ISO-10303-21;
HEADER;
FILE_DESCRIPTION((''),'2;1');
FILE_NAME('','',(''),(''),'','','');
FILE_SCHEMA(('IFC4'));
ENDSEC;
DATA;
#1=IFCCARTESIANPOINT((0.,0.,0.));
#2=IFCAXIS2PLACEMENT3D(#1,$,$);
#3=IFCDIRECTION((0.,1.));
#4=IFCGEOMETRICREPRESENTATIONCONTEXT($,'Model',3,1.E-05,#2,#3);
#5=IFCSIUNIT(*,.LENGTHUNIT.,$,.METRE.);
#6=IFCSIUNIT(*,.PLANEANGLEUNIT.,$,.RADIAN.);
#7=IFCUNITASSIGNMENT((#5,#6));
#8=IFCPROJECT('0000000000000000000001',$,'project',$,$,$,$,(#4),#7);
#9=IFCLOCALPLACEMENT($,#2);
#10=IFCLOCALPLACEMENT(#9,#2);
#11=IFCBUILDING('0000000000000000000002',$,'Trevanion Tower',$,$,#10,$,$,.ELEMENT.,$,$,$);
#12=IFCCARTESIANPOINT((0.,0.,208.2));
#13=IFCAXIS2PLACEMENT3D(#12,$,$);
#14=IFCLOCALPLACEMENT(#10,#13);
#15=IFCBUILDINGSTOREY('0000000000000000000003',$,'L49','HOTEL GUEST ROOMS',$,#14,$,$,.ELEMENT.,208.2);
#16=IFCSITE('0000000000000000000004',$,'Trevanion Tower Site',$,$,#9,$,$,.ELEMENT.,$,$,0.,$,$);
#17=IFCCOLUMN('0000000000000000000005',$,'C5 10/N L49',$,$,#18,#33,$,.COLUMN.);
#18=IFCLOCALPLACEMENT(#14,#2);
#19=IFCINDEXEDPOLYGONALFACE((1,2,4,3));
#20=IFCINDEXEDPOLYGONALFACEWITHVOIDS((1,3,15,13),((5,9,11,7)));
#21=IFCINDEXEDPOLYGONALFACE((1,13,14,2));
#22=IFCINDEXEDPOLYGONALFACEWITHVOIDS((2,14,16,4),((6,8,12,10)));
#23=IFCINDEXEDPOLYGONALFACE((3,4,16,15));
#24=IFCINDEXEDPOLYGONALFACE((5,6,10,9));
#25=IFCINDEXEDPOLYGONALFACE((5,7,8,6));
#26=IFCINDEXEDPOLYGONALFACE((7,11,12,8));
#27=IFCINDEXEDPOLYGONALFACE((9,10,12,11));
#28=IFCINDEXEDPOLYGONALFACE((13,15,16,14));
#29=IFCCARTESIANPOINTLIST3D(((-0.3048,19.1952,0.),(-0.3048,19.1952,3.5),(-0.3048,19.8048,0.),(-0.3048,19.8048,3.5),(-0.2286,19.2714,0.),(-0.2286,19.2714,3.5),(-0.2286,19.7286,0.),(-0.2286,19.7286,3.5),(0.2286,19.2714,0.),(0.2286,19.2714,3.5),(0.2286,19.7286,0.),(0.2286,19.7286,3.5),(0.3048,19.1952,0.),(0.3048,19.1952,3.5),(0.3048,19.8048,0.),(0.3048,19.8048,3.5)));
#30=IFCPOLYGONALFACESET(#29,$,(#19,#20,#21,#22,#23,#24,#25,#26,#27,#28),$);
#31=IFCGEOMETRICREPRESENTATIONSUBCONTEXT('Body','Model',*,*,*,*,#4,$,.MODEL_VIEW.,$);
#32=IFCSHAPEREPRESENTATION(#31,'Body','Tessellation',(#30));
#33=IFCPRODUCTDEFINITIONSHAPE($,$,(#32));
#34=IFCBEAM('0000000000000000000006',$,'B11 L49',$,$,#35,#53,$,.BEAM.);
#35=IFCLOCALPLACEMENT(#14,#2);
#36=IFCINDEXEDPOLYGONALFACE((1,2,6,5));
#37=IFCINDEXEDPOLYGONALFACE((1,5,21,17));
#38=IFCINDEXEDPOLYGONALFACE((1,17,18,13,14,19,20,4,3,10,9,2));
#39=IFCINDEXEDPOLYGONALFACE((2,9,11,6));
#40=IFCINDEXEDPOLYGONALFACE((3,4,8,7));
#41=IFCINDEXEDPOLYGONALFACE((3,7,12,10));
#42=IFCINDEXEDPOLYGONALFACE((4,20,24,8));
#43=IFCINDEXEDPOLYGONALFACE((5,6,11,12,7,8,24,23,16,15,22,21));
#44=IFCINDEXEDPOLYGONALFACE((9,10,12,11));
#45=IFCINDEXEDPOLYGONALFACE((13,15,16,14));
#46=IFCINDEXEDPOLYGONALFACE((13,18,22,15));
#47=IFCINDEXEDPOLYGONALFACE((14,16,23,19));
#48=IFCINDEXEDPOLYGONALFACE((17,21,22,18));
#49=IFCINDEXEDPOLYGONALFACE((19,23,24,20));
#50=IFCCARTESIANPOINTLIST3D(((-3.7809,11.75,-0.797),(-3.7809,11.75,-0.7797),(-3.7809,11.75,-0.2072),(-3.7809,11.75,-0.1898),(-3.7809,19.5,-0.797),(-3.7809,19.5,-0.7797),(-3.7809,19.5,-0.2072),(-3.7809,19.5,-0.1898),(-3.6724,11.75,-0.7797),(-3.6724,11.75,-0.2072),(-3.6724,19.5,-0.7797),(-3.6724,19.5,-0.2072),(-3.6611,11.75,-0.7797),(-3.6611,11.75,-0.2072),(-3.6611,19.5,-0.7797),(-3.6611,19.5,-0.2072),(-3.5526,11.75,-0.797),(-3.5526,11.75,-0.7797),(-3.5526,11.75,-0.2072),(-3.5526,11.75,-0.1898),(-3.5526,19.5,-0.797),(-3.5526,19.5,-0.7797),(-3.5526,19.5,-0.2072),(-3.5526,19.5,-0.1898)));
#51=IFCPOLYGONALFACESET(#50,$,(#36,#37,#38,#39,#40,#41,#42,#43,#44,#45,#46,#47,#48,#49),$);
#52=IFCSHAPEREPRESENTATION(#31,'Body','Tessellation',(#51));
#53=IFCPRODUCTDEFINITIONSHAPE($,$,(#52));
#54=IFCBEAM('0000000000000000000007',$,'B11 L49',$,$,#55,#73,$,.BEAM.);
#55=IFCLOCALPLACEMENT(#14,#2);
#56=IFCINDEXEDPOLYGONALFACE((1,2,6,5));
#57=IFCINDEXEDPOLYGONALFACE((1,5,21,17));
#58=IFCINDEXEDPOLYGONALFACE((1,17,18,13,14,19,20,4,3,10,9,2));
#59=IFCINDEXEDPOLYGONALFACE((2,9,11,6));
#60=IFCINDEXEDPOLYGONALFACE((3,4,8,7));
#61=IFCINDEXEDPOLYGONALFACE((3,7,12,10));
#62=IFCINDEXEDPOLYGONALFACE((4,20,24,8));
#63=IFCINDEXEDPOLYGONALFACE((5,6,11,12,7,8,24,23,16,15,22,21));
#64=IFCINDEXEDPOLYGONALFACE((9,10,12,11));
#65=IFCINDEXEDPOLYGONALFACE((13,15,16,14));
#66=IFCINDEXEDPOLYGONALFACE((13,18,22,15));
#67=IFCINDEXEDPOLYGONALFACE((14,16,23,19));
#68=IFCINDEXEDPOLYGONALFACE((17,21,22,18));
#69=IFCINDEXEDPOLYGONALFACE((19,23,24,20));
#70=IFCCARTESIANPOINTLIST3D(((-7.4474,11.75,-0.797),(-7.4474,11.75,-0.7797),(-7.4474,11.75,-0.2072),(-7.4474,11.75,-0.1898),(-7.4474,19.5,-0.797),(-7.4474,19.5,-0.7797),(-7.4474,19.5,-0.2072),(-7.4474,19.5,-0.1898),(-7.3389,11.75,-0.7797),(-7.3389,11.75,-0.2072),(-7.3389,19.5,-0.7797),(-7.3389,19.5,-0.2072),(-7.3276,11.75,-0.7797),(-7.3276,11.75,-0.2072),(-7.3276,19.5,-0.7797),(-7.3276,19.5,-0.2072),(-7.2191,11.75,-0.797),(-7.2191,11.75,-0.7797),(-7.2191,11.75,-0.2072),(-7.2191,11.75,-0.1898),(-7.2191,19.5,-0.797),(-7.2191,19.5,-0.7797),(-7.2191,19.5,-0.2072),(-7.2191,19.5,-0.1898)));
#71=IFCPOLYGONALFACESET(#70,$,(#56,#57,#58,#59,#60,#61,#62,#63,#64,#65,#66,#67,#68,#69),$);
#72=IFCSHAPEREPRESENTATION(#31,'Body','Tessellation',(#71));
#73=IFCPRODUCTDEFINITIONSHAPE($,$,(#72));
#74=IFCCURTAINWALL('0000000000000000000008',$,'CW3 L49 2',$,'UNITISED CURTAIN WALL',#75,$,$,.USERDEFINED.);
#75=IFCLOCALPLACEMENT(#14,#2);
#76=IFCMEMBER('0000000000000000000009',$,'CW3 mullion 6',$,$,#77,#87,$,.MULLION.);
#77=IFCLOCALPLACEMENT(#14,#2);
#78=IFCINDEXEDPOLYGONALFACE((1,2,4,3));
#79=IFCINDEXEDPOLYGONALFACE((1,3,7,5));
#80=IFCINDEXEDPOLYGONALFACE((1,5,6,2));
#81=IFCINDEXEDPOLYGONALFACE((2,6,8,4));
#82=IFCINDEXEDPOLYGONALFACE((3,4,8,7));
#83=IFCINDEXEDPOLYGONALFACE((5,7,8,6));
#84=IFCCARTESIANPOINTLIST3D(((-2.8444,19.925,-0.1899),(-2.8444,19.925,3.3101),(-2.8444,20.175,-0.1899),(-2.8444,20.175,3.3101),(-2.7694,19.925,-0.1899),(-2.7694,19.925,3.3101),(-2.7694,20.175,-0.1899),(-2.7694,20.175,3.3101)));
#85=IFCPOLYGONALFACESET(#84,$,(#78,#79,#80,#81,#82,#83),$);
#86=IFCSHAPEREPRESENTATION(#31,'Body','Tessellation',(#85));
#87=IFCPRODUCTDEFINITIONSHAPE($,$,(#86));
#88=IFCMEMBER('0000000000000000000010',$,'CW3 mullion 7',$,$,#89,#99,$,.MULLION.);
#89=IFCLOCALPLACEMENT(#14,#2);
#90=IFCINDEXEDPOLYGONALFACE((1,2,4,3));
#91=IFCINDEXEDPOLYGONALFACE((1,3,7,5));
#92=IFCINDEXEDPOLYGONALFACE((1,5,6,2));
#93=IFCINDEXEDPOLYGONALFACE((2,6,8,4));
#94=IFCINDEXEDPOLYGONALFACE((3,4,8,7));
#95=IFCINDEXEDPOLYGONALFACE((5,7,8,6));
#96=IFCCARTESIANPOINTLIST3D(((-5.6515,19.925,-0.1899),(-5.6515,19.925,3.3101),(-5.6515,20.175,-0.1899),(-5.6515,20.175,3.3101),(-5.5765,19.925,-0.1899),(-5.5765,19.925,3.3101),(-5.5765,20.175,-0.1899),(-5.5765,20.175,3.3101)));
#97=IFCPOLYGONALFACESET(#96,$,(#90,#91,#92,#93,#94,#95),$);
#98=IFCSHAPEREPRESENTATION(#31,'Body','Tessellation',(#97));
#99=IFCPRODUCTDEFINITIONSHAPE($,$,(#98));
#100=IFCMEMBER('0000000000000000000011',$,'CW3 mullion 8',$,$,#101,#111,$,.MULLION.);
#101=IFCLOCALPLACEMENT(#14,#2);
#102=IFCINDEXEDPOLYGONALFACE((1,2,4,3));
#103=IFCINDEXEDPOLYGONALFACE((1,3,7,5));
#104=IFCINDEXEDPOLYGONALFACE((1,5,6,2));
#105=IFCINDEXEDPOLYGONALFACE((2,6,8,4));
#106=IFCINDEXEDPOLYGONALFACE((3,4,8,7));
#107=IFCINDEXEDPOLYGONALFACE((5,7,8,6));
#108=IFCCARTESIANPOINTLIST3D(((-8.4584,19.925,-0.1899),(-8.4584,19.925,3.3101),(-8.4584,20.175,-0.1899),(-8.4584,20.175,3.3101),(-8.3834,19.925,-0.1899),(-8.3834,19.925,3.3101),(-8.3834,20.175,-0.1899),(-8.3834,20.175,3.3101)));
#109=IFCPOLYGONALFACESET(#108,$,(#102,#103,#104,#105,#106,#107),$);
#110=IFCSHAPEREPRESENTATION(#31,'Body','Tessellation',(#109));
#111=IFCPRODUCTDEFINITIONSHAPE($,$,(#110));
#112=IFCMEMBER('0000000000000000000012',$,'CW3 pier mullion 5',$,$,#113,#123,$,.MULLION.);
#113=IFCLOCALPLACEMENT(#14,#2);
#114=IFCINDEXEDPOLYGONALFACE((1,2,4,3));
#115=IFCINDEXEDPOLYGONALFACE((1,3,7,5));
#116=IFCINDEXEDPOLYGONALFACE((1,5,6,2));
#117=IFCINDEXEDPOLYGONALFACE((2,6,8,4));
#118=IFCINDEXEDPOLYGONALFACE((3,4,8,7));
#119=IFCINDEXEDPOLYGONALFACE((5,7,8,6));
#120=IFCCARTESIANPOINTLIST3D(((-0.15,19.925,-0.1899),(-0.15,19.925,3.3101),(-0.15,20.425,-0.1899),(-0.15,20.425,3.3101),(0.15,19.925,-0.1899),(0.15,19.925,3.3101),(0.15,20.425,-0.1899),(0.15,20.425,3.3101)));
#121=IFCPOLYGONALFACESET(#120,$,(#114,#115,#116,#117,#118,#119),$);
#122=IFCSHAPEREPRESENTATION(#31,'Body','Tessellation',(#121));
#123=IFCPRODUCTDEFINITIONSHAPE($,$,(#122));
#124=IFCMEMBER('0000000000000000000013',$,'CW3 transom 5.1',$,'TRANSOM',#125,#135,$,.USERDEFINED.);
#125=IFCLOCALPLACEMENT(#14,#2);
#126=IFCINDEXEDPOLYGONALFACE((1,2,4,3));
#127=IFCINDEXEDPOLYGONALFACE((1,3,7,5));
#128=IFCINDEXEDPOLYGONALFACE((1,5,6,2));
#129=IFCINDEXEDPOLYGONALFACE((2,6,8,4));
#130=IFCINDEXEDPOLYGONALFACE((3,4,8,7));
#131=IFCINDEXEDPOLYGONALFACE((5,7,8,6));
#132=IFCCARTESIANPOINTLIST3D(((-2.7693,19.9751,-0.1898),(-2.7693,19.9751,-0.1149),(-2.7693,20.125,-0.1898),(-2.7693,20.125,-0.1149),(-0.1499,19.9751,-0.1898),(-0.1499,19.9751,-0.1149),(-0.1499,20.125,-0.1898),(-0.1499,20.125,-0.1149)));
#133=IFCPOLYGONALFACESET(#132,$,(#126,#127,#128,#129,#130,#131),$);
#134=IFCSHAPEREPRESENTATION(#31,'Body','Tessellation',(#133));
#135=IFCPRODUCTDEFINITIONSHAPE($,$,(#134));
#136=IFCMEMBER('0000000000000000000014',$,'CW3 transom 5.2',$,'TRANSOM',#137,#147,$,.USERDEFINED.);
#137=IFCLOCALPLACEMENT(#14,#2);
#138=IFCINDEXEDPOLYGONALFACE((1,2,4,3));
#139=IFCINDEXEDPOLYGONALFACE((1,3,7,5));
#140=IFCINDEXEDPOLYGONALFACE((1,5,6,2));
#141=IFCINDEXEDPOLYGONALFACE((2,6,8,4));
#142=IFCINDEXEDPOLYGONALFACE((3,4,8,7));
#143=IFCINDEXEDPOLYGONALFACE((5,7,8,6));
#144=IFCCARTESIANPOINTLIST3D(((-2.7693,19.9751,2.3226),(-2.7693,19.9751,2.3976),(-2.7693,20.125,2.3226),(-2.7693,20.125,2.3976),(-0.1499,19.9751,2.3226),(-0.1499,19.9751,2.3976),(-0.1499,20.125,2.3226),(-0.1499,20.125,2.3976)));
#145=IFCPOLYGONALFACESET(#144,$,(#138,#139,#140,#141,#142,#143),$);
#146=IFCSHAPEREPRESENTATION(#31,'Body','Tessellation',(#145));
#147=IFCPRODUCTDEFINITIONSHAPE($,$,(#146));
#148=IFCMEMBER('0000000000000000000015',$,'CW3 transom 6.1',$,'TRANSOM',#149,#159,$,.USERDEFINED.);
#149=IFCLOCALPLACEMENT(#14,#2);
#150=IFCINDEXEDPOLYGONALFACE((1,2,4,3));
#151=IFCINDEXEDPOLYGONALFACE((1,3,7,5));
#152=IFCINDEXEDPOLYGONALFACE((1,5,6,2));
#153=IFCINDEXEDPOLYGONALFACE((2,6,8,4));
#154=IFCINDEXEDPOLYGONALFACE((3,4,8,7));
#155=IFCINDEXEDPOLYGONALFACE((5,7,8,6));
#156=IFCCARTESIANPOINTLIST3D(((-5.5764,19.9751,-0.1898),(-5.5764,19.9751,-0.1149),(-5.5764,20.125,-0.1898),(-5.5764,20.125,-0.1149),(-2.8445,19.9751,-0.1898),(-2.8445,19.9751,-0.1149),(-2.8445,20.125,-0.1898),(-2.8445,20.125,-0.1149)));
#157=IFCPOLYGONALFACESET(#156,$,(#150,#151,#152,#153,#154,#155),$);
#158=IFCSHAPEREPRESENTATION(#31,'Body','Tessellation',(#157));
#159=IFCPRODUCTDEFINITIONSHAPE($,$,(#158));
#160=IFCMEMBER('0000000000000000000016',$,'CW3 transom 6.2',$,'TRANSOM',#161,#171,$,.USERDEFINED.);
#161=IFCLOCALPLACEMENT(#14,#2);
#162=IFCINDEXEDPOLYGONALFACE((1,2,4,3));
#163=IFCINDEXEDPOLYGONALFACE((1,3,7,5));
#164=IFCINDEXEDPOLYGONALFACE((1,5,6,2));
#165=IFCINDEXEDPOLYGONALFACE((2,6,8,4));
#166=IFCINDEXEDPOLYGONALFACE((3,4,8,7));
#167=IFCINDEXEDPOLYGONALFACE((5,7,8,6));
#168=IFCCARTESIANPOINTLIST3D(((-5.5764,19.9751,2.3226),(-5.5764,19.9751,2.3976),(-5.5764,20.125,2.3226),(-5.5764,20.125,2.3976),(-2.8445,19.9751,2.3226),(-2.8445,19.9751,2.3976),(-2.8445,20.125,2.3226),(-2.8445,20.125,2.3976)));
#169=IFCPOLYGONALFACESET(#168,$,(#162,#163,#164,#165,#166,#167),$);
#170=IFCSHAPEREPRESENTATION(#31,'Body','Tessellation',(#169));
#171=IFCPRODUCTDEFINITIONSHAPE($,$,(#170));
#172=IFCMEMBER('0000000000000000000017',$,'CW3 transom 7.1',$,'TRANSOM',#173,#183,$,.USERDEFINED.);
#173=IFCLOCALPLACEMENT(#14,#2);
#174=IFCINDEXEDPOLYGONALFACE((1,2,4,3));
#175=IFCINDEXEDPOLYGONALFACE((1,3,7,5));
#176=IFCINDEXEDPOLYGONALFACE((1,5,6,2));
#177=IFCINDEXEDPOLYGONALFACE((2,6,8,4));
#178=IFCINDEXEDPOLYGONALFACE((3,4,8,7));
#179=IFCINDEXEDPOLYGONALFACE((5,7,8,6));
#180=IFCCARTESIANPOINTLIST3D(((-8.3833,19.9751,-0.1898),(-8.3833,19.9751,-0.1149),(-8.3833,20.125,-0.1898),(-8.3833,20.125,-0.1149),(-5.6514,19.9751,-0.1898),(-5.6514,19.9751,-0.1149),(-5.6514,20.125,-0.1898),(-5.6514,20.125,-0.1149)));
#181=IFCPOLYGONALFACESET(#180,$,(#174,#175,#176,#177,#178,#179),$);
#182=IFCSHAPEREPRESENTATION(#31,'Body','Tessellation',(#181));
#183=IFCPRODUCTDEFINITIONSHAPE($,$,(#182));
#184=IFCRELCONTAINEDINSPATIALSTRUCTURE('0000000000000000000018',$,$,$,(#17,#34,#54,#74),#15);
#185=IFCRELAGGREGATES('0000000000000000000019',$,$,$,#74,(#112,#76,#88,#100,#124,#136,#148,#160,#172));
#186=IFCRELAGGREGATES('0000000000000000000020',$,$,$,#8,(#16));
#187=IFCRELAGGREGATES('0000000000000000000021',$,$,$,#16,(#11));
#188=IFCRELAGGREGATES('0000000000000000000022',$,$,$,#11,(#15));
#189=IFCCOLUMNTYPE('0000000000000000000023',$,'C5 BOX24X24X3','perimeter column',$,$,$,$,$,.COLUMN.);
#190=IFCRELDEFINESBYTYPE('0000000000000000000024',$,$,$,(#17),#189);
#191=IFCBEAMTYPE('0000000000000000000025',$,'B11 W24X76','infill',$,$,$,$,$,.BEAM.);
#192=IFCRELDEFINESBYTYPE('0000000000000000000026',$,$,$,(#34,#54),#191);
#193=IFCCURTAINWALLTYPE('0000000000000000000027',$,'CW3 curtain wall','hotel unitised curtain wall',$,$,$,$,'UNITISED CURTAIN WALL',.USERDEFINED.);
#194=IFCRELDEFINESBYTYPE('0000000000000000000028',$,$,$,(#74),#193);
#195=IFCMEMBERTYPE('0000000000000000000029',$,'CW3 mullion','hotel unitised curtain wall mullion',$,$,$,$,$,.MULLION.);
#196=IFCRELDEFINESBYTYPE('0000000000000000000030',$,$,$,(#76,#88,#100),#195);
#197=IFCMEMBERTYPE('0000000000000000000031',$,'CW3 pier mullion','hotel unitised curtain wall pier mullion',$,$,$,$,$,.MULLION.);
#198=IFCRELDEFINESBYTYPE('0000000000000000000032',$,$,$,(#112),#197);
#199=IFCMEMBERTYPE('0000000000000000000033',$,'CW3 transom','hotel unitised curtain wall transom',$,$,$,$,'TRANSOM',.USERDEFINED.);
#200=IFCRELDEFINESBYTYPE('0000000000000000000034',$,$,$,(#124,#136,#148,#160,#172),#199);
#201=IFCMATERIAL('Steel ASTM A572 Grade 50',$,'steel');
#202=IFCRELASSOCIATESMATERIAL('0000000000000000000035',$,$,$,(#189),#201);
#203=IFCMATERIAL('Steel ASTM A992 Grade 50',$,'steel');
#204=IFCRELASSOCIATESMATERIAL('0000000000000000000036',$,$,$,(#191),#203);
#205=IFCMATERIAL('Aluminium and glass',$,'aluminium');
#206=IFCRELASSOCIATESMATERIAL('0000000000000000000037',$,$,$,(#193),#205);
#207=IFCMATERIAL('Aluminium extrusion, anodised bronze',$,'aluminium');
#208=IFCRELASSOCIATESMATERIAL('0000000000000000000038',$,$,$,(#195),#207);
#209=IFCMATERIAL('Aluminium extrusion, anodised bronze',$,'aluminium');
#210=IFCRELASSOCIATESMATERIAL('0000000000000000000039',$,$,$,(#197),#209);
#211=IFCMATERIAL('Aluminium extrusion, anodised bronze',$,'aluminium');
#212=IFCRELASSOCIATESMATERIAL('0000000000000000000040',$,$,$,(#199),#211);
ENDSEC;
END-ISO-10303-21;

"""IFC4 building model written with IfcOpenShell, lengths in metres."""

from ifc_helpers import new_model, si_unit, direction, frame, origin, origin_2d, place, context, subcontext, project, spatial, rectangle, hollow_rectangle, i_section, extrude, material, material_profile, profile_set, type_object, element, aggregate, save


model = new_model("IFC4")

# Units and contexts
model_context = context("Model", 3, precision=1e-05, world=origin(), true_north=direction((0.0, 1.0)))
body_context = subcontext(model_context, "Body", "Model", "MODEL_VIEW")
ifc_project = project(units=[si_unit("LENGTHUNIT", "METRE"), si_unit("PLANEANGLEUNIT", "RADIAN")], contexts=[model_context])

# Site, building, storey
site_placement = place(None, origin())
site = spatial("IfcSite", under=ifc_project, at=site_placement, Name="Trevanion Tower Site", CompositionType="ELEMENT", RefElevation=0.0)
building_placement = place(site_placement, origin())
building = spatial("IfcBuilding", under=site, at=building_placement, Name="Trevanion Tower", CompositionType="ELEMENT")
storey_placement = place(building_placement, frame((0.0, 0.0, 208.2)))
storey = spatial("IfcBuildingStorey", under=building, at=storey_placement, Name="L49", Description="HOTEL GUEST ROOMS", CompositionType="ELEMENT", Elevation=208.2)

# Column
ifc_material_1 = material(Name="Steel ASTM A572 Grade 50", Category="steel")
ifc_material_profile_1 = material_profile(ifc_material_1, hollow_rectangle(XDim=0.6096, YDim=0.6096, WallThickness=0.0762, at=origin_2d()), Name="BOX24X24X3")
ifc_profile_set_1 = profile_set([ifc_material_profile_1], Name="Steel ASTM A572 Grade 50")
column_type = type_object("IfcColumnType", Name="C5 BOX24X24X3", Description="perimeter column", PredefinedType="COLUMN", material=ifc_profile_set_1)
column_placement = place(storey_placement, frame((0.0, 19.5, 0.0), z_axis=(0.0, 0.0, 1.0), x_axis=(1.0, 0.0, 0.0)))
element("IfcColumn", 1, at=column_placement, inside=storey, type_object=column_type, Name="C5 10/N L49", PredefinedType="COLUMN", context=body_context, shape_type="SweptSolid", body=[
    extrude(hollow_rectangle(XDim=0.6096, YDim=0.6096, WallThickness=0.0762, at=origin_2d()), origin(), (0.0, 0.0, 1.0), 3.5),
])

# Beams
ifc_material_2 = material(Name="Steel ASTM A992 Grade 50", Category="steel")
ifc_material_profile_2 = material_profile(ifc_material_2, i_section(OverallWidth=0.2283, OverallDepth=0.6072, WebThickness=0.0112, FlangeThickness=0.0173, at=origin_2d()), Name="W24X76")
ifc_profile_set_2 = profile_set([ifc_material_profile_2], Name="Steel ASTM A992 Grade 50")
beam_type_1 = type_object("IfcBeamType", Name="B11 W24X76", Description="infill", PredefinedType="BEAM", material=ifc_profile_set_2)
for number, where, z_axis, x_axis, name in (
    (2, (-3.6667, 11.75, -0.4934), (0.0, 1.0, 0.0), (-1.0, 0.0, 0.0), "B11 L49"),
    (3, (-7.3333, 11.75, -0.4934), (0.0, 1.0, 0.0), (-1.0, 0.0, 0.0), "B11 L49"),
):
    element("IfcBeam", number, at=place(storey_placement, frame(where, z_axis=z_axis, x_axis=x_axis)), inside=storey, type_object=beam_type_1, Name=name, PredefinedType="BEAM", context=body_context, shape_type="SweptSolid", body=[
        extrude(i_section(OverallWidth=0.2283, OverallDepth=0.6072, WebThickness=0.0112, FlangeThickness=0.0173, at=origin_2d()), origin(), (0.0, 0.0, 1.0), 7.75),
    ])

# Curtain wall, members
ifc_material_3 = material(Name="Aluminium and glass", Category="aluminium")
curtain_wall_type = type_object("IfcCurtainWallType", Name="CW3 curtain wall", Description="hotel unitised curtain wall", ElementType="UNITISED CURTAIN WALL", PredefinedType="USERDEFINED", material=ifc_material_3)
curtain_wall_placement = place(storey_placement, origin())
curtain_wall = element("IfcCurtainWall", 4, at=curtain_wall_placement, inside=storey, type_object=curtain_wall_type, Name="CW3 L49 2", ObjectType="UNITISED CURTAIN WALL", PredefinedType="USERDEFINED")
ifc_material_4 = material(Name="Aluminium extrusion, anodised bronze", Category="aluminium")
ifc_material_profile_3 = material_profile(ifc_material_4, rectangle(XDim=0.075, YDim=0.25, at=origin_2d()), Name="CW3 mullion")
ifc_profile_set_3 = profile_set([ifc_material_profile_3], Name="Aluminium extrusion, anodised bronze")
member_type_1 = type_object("IfcMemberType", Name="CW3 mullion", Description="hotel unitised curtain wall mullion", PredefinedType="MULLION", material=ifc_profile_set_3)
member_1_placement = place(storey_placement, frame((-2.8069, 20.05, -0.1899), z_axis=(0.0, 0.0, 1.0), x_axis=(-1.0, 0.0, 0.0)))
member_1 = element("IfcMember", 5, at=member_1_placement, type_object=member_type_1, Name="CW3 mullion 6", PredefinedType="MULLION", context=body_context, shape_type="SweptSolid", body=[
    extrude(rectangle(XDim=0.075, YDim=0.25, at=origin_2d()), origin(), (0.0, 0.0, 1.0), 3.5),
])
member_2_placement = place(storey_placement, frame((-5.614, 20.05, -0.1899), z_axis=(0.0, 0.0, 1.0), x_axis=(-1.0, 0.0, 0.0)))
member_2 = element("IfcMember", 6, at=member_2_placement, type_object=member_type_1, Name="CW3 mullion 7", PredefinedType="MULLION", context=body_context, shape_type="SweptSolid", body=[
    extrude(rectangle(XDim=0.075, YDim=0.25, at=origin_2d()), origin(), (0.0, 0.0, 1.0), 3.5),
])
member_3_placement = place(storey_placement, frame((-8.4209, 20.05, -0.1899), z_axis=(0.0, 0.0, 1.0), x_axis=(-1.0, 0.0, 0.0)))
member_3 = element("IfcMember", 7, at=member_3_placement, type_object=member_type_1, Name="CW3 mullion 8", PredefinedType="MULLION", context=body_context, shape_type="SweptSolid", body=[
    extrude(rectangle(XDim=0.075, YDim=0.25, at=origin_2d()), origin(), (0.0, 0.0, 1.0), 3.5),
])
ifc_material_5 = material(Name="Aluminium extrusion, anodised bronze", Category="aluminium")
ifc_material_profile_4 = material_profile(ifc_material_5, rectangle(XDim=0.3, YDim=0.5, at=origin_2d()), Name="CW3 pier mullion")
ifc_profile_set_4 = profile_set([ifc_material_profile_4], Name="Aluminium extrusion, anodised bronze")
member_type_2 = type_object("IfcMemberType", Name="CW3 pier mullion", Description="hotel unitised curtain wall pier mullion", PredefinedType="MULLION", material=ifc_profile_set_4)
member_4_placement = place(storey_placement, frame((0.0, 20.175, -0.1899), z_axis=(0.0, 0.0, 1.0), x_axis=(-1.0, 0.0, 0.0)))
member_4 = element("IfcMember", 8, at=member_4_placement, type_object=member_type_2, Name="CW3 pier mullion 5", PredefinedType="MULLION", context=body_context, shape_type="SweptSolid", body=[
    extrude(rectangle(XDim=0.3, YDim=0.5, at=origin_2d()), origin(), (0.0, 0.0, 1.0), 3.5),
])
ifc_material_6 = material(Name="Aluminium extrusion, anodised bronze", Category="aluminium")
ifc_material_profile_5 = material_profile(ifc_material_6, rectangle(XDim=0.1499, YDim=0.075, at=origin_2d()), Name="CW3 transom")
ifc_profile_set_5 = profile_set([ifc_material_profile_5], Name="Aluminium extrusion, anodised bronze")
member_type_3 = type_object("IfcMemberType", Name="CW3 transom", Description="hotel unitised curtain wall transom", ElementType="TRANSOM", PredefinedType="USERDEFINED", material=ifc_profile_set_5)
member_5_placement = place(storey_placement, frame((-0.1499, 20.05, -0.1523), z_axis=(-1.0, 0.0, 0.0), x_axis=(0.0, -1.0, 0.0)))
member_5 = element("IfcMember", 9, at=member_5_placement, type_object=member_type_3, Name="CW3 transom 5.1", ObjectType="TRANSOM", PredefinedType="USERDEFINED", context=body_context, shape_type="SweptSolid", body=[
    extrude(rectangle(XDim=0.1499, YDim=0.075, at=origin_2d()), origin(), (0.0, 0.0, 1.0), 2.6194),
])
member_6_placement = place(storey_placement, frame((-0.1499, 20.05, 2.3601), z_axis=(-1.0, 0.0, 0.0), x_axis=(0.0, -1.0, 0.0)))
member_6 = element("IfcMember", 10, at=member_6_placement, type_object=member_type_3, Name="CW3 transom 5.2", ObjectType="TRANSOM", PredefinedType="USERDEFINED", context=body_context, shape_type="SweptSolid", body=[
    extrude(rectangle(XDim=0.1499, YDim=0.075, at=origin_2d()), origin(), (0.0, 0.0, 1.0), 2.6194),
])
member_7_placement = place(storey_placement, frame((-2.8445, 20.05, -0.1523), z_axis=(-1.0, 0.0, 0.0), x_axis=(0.0, -1.0, 0.0)))
member_7 = element("IfcMember", 11, at=member_7_placement, type_object=member_type_3, Name="CW3 transom 6.1", ObjectType="TRANSOM", PredefinedType="USERDEFINED", context=body_context, shape_type="SweptSolid", body=[
    extrude(rectangle(XDim=0.1499, YDim=0.075, at=origin_2d()), origin(), (0.0, 0.0, 1.0), 2.7319),
])
member_8_placement = place(storey_placement, frame((-2.8445, 20.05, 2.3601), z_axis=(-1.0, 0.0, 0.0), x_axis=(0.0, -1.0, 0.0)))
member_8 = element("IfcMember", 12, at=member_8_placement, type_object=member_type_3, Name="CW3 transom 6.2", ObjectType="TRANSOM", PredefinedType="USERDEFINED", context=body_context, shape_type="SweptSolid", body=[
    extrude(rectangle(XDim=0.1499, YDim=0.075, at=origin_2d()), origin(), (0.0, 0.0, 1.0), 2.7319),
])
member_9_placement = place(storey_placement, frame((-5.6514, 20.05, -0.1523), z_axis=(-1.0, 0.0, 0.0), x_axis=(0.0, -1.0, 0.0)))
member_9 = element("IfcMember", 13, at=member_9_placement, type_object=member_type_3, Name="CW3 transom 7.1", ObjectType="TRANSOM", PredefinedType="USERDEFINED", context=body_context, shape_type="SweptSolid", body=[
    extrude(rectangle(XDim=0.1499, YDim=0.075, at=origin_2d()), origin(), (0.0, 0.0, 1.0), 2.7319),
])

aggregate(curtain_wall, [member_4, member_1, member_2, member_3, member_5, member_6, member_7, member_8, member_9])

save(model, "model.ifc")
